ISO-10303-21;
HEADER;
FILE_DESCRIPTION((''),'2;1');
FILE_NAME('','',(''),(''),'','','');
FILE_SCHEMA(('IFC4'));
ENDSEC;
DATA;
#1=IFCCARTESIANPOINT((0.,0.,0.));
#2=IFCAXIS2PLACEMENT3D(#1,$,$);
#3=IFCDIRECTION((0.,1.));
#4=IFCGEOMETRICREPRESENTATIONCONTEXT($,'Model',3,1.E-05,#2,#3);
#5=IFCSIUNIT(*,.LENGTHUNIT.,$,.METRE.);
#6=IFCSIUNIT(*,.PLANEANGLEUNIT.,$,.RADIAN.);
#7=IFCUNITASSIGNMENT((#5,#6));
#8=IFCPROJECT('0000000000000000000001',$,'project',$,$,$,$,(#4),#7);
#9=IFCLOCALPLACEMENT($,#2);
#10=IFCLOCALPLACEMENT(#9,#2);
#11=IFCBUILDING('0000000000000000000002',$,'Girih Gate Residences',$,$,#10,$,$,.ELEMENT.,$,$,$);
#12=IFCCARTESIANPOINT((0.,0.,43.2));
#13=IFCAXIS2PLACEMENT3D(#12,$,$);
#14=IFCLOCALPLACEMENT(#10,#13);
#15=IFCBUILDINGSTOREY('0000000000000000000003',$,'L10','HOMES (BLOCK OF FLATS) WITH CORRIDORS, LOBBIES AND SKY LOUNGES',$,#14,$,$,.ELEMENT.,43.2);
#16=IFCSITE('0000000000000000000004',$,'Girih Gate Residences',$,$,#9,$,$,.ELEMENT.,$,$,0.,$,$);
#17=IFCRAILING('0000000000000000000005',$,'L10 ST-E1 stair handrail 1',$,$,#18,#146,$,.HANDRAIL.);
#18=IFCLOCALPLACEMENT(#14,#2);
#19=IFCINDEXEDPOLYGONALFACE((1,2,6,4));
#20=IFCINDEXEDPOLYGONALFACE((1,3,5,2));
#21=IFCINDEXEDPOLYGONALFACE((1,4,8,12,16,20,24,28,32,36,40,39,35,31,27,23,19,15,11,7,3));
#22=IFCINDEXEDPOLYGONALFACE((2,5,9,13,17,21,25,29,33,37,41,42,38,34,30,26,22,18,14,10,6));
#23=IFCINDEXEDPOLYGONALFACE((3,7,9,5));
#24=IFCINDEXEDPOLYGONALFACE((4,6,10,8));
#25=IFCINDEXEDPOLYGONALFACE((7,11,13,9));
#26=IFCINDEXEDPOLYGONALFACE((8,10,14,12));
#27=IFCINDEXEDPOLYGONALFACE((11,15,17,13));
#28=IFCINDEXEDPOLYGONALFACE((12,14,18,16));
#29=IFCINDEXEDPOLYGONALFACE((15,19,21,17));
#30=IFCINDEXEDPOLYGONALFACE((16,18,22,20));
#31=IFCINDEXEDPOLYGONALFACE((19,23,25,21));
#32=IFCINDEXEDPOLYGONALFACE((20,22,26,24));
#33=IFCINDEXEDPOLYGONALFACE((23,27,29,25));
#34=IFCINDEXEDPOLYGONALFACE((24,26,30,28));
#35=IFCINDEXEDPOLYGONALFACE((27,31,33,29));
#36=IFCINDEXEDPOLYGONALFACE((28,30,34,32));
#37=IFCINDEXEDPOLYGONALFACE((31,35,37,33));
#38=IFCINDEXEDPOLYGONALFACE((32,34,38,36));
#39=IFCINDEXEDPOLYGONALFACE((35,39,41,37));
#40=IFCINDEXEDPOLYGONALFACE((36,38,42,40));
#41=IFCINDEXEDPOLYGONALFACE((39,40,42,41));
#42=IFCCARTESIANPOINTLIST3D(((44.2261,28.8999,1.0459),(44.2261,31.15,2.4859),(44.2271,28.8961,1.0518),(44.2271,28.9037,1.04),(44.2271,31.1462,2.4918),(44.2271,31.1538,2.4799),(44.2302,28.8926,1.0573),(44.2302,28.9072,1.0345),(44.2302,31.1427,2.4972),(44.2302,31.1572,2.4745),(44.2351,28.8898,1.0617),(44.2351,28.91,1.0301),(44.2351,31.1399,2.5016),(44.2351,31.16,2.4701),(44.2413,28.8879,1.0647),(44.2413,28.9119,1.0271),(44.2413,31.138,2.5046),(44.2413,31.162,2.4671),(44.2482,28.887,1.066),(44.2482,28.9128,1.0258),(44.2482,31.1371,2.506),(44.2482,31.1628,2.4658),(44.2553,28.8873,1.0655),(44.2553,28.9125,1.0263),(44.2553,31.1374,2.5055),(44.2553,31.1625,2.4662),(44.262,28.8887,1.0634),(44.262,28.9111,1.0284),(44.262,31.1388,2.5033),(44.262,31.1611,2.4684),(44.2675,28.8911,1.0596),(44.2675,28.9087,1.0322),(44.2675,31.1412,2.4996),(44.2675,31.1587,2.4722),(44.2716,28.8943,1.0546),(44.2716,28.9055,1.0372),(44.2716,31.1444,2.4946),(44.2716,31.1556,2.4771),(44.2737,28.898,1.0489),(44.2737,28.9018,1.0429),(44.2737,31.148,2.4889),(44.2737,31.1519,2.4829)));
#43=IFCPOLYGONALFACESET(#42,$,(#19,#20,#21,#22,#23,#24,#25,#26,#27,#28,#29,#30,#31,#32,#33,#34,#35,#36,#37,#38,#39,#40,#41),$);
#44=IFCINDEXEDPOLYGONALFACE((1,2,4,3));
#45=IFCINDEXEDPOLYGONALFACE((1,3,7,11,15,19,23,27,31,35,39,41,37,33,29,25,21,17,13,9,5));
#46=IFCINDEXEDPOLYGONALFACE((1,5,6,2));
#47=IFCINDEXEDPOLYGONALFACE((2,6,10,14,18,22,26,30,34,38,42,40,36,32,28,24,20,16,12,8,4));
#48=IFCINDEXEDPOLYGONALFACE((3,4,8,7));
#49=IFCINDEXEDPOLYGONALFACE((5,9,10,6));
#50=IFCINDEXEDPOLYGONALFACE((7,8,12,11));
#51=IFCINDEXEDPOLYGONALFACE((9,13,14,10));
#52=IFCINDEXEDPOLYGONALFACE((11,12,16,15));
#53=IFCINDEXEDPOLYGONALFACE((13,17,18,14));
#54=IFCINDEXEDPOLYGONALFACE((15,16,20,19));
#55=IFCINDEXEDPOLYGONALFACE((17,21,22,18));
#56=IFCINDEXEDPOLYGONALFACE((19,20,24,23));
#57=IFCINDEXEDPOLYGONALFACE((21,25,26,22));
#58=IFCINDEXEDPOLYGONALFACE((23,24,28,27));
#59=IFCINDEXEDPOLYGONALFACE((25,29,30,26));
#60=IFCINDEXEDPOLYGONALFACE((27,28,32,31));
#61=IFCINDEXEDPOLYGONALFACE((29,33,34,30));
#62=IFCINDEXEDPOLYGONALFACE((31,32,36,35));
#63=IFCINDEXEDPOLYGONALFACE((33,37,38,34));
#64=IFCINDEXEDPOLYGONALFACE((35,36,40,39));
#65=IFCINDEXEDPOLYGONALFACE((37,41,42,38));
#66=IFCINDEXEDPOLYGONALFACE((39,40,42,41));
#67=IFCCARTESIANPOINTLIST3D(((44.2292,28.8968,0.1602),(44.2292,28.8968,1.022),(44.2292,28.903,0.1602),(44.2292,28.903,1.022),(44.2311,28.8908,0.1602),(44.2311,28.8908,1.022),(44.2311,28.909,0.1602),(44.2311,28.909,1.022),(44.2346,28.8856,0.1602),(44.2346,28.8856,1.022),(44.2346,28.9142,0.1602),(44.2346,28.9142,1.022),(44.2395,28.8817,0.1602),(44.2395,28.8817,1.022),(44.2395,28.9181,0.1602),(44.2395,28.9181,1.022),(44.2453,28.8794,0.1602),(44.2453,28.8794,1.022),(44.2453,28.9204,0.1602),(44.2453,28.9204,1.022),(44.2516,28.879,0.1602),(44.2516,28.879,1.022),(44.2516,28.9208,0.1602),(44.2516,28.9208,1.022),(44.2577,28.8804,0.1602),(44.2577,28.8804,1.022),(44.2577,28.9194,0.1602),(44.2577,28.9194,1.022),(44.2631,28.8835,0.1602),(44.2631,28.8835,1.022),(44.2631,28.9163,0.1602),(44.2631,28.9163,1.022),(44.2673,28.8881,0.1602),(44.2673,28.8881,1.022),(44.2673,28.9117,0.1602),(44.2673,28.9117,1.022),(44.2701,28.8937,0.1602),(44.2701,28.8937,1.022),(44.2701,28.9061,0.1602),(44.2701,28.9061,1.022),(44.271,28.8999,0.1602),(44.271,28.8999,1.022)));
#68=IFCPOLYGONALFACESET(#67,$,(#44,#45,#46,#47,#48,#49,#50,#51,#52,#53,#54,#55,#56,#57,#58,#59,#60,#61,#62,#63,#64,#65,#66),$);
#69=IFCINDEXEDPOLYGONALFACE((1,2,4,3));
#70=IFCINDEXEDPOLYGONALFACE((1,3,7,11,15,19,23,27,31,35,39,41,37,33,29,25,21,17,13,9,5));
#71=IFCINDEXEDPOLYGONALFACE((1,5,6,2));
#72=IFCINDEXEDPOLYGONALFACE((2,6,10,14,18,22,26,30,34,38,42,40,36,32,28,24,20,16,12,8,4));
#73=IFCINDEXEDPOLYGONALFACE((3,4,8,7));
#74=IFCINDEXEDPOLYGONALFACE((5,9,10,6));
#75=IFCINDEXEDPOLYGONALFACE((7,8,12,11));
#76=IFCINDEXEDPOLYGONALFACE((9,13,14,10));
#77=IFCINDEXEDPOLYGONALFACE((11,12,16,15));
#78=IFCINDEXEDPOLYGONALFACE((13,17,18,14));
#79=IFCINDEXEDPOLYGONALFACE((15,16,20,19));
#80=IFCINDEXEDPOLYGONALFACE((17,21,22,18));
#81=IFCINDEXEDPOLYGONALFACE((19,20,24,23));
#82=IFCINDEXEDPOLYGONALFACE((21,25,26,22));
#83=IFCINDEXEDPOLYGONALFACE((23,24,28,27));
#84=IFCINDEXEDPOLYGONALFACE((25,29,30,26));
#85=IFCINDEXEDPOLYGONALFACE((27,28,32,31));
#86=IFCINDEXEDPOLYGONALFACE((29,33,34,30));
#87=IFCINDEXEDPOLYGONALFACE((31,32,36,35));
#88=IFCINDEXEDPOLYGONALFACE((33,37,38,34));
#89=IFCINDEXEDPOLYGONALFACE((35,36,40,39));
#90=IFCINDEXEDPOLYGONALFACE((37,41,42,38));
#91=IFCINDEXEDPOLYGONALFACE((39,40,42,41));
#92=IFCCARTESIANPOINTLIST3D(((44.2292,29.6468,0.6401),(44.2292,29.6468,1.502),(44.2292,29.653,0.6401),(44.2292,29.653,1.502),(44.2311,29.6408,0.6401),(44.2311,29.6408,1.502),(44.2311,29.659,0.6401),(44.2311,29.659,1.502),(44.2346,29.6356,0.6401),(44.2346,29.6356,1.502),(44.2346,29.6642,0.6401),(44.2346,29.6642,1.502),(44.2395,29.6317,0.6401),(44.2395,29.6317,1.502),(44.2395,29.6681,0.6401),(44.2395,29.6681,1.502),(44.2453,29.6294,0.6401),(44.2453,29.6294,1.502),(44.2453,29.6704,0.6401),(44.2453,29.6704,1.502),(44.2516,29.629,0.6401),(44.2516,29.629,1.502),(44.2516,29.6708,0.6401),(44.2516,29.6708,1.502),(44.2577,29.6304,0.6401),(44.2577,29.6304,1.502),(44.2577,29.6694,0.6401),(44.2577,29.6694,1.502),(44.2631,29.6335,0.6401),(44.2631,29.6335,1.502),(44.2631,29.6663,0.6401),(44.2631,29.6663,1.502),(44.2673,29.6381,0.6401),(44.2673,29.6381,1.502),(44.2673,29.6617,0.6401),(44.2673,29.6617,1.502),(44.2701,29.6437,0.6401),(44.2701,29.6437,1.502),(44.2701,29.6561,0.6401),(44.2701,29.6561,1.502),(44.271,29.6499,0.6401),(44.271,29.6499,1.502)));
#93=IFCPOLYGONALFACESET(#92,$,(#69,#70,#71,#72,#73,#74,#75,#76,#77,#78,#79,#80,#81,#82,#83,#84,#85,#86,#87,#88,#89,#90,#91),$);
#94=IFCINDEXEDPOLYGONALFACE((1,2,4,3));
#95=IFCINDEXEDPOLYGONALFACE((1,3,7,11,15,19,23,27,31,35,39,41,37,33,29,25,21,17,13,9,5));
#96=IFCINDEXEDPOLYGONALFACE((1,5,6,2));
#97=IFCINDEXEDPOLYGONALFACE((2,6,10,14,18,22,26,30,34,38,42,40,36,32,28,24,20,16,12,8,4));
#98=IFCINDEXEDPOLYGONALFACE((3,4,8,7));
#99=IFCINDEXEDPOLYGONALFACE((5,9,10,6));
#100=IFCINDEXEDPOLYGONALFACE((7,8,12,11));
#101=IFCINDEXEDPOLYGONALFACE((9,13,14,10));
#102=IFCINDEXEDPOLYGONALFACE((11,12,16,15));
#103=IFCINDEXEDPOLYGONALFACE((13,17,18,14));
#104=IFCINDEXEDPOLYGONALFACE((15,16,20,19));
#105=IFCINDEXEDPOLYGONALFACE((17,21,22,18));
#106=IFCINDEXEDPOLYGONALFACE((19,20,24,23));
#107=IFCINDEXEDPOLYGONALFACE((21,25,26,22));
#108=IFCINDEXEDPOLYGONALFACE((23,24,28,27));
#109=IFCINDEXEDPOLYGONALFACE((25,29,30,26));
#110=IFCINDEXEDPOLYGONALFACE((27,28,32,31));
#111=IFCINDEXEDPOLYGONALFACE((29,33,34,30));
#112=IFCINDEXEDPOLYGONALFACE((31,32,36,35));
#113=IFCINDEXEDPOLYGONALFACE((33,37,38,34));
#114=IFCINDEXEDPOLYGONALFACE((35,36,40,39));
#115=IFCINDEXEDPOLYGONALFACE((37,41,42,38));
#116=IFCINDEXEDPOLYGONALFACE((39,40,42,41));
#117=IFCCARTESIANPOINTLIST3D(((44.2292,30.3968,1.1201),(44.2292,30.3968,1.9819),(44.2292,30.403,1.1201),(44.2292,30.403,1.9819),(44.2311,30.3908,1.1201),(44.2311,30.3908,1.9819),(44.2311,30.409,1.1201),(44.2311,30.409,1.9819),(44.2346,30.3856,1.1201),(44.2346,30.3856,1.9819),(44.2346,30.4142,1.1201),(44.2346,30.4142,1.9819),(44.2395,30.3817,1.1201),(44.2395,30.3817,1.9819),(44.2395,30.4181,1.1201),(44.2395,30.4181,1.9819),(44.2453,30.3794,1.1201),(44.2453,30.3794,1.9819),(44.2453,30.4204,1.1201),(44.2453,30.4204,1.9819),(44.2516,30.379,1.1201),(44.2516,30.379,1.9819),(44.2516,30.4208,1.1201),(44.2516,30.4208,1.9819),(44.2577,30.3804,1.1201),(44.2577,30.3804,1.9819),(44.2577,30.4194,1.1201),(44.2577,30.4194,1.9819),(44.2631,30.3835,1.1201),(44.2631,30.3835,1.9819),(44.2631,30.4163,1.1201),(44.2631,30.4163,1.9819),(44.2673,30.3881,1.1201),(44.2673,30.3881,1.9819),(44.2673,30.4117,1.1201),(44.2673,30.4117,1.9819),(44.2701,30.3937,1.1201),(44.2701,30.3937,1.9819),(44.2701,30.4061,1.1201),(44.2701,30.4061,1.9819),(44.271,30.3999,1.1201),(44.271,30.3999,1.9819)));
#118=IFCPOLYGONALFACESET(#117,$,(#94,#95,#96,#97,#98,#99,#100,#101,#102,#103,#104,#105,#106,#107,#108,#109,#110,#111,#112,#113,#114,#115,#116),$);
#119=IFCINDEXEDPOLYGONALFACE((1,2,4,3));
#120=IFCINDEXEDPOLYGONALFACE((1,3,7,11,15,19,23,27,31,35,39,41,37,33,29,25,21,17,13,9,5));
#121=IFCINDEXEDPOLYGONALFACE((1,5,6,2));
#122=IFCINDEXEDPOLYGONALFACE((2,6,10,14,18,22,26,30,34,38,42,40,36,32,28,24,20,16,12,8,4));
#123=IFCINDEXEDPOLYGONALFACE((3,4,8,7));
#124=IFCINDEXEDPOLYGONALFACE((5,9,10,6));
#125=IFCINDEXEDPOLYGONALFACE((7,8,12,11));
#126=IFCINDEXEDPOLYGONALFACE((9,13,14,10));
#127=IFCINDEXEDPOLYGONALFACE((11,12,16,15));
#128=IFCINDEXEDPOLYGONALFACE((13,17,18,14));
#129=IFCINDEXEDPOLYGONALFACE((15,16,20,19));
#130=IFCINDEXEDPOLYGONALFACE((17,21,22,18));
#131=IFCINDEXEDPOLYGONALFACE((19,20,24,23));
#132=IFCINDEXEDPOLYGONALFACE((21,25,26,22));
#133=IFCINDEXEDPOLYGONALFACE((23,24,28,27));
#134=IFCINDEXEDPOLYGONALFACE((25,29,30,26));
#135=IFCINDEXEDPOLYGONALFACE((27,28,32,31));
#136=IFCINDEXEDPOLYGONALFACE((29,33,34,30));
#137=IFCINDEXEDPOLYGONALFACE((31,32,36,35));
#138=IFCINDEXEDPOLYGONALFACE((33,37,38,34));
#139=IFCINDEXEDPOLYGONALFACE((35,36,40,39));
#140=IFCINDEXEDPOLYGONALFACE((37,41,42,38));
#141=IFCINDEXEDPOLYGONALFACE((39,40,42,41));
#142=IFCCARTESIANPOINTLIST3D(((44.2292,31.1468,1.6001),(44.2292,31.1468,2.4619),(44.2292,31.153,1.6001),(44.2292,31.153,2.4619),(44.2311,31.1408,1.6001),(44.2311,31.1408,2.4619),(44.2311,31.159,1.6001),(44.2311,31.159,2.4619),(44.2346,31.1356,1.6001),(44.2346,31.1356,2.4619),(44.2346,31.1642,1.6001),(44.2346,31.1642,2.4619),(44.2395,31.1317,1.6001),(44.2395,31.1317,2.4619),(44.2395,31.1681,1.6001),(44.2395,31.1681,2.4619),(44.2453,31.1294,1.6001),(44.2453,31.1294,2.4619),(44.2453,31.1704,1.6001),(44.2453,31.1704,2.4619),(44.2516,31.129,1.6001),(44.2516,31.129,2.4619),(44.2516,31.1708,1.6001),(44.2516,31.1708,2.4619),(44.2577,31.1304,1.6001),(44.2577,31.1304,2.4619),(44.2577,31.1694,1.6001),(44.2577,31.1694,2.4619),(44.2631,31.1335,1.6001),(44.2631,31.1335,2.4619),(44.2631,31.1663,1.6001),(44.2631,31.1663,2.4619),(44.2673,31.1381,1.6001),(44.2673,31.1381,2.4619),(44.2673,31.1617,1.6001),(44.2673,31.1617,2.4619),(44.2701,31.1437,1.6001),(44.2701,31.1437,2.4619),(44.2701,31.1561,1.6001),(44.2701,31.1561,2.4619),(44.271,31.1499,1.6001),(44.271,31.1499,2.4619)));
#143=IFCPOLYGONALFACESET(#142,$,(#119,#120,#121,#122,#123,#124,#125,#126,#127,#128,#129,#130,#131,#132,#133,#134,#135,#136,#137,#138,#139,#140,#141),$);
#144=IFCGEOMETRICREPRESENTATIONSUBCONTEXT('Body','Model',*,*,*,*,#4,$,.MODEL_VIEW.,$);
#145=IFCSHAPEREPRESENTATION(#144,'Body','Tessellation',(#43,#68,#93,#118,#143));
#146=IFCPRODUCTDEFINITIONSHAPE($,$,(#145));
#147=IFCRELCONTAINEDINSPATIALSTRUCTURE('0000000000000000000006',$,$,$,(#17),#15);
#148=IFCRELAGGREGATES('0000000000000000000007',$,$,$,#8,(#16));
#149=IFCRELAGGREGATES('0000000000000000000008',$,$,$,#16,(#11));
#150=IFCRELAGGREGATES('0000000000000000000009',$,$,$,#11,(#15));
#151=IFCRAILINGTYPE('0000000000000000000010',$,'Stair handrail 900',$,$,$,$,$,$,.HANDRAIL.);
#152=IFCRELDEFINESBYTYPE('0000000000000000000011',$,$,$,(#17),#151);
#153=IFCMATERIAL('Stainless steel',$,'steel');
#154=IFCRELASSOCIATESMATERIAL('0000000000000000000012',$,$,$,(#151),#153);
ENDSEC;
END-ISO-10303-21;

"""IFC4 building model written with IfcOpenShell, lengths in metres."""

from ifc_helpers import new_model, si_unit, direction, frame, origin, origin_2d, place, context, subcontext, project, spatial, circle, extrude, material, type_object, element, save


model = new_model("IFC4")

# Units and contexts
model_context = context("Model", 3, precision=1e-05, world=origin(), true_north=direction((0.0, 1.0)))
body_context = subcontext(model_context, "Body", "Model", "MODEL_VIEW")
ifc_project = project(units=[si_unit("LENGTHUNIT", "METRE"), si_unit("PLANEANGLEUNIT", "RADIAN")], contexts=[model_context])

# Site, building, storey
site_placement = place(None, origin())
site = spatial("IfcSite", under=ifc_project, at=site_placement, Name="Girih Gate Residences", CompositionType="ELEMENT", RefElevation=0.0)
building_placement = place(site_placement, origin())
building = spatial("IfcBuilding", under=site, at=building_placement, Name="Girih Gate Residences", CompositionType="ELEMENT")
storey_placement = place(building_placement, frame((0.0, 0.0, 43.2)))
storey = spatial("IfcBuildingStorey", under=building, at=storey_placement, Name="L10", Description="HOMES (BLOCK OF FLATS) WITH CORRIDORS, LOBBIES AND SKY LOUNGES", CompositionType="ELEMENT", Elevation=43.2)

# Railing
ifc_material_1 = material(Name="Stainless steel", Category="steel")
railing_type_1 = type_object("IfcRailingType", Name="Stair handrail 900", PredefinedType="HANDRAIL", material=ifc_material_1)
railing_1_placement = place(storey_placement, frame((44.25, 28.8999, 0.1602)))
element("IfcRailing", 1, at=railing_1_placement, inside=storey, type_object=railing_type_1, Name="L10 ST-E1 stair handrail 1", PredefinedType="HANDRAIL", context=body_context, shape_type="SweptSolid", body=[
    extrude(circle(Radius=0.0239, at=origin_2d()), frame((0.0, 0.0, 0.8857), z_axis=(0.0, 0.842281, 0.539038), x_axis=(-1.0, 0.0, 0.0)), (0.0, 0.0, 1.0), 2.6714),
    extrude(circle(Radius=0.021, at=origin_2d()), origin(), (0.0, 0.0, 1.0), 0.8618),
    extrude(circle(Radius=0.021, at=origin_2d()), frame((0.0, 0.75, 0.48)), (0.0, 0.0, 1.0), 0.8618),
    extrude(circle(Radius=0.021, at=origin_2d()), frame((0.0, 1.5, 0.96)), (0.0, 0.0, 1.0), 0.8618),
    extrude(circle(Radius=0.021, at=origin_2d()), frame((0.0, 2.25, 1.4399)), (0.0, 0.0, 1.0), 0.8618),
])

save(model, "model.ifc")
